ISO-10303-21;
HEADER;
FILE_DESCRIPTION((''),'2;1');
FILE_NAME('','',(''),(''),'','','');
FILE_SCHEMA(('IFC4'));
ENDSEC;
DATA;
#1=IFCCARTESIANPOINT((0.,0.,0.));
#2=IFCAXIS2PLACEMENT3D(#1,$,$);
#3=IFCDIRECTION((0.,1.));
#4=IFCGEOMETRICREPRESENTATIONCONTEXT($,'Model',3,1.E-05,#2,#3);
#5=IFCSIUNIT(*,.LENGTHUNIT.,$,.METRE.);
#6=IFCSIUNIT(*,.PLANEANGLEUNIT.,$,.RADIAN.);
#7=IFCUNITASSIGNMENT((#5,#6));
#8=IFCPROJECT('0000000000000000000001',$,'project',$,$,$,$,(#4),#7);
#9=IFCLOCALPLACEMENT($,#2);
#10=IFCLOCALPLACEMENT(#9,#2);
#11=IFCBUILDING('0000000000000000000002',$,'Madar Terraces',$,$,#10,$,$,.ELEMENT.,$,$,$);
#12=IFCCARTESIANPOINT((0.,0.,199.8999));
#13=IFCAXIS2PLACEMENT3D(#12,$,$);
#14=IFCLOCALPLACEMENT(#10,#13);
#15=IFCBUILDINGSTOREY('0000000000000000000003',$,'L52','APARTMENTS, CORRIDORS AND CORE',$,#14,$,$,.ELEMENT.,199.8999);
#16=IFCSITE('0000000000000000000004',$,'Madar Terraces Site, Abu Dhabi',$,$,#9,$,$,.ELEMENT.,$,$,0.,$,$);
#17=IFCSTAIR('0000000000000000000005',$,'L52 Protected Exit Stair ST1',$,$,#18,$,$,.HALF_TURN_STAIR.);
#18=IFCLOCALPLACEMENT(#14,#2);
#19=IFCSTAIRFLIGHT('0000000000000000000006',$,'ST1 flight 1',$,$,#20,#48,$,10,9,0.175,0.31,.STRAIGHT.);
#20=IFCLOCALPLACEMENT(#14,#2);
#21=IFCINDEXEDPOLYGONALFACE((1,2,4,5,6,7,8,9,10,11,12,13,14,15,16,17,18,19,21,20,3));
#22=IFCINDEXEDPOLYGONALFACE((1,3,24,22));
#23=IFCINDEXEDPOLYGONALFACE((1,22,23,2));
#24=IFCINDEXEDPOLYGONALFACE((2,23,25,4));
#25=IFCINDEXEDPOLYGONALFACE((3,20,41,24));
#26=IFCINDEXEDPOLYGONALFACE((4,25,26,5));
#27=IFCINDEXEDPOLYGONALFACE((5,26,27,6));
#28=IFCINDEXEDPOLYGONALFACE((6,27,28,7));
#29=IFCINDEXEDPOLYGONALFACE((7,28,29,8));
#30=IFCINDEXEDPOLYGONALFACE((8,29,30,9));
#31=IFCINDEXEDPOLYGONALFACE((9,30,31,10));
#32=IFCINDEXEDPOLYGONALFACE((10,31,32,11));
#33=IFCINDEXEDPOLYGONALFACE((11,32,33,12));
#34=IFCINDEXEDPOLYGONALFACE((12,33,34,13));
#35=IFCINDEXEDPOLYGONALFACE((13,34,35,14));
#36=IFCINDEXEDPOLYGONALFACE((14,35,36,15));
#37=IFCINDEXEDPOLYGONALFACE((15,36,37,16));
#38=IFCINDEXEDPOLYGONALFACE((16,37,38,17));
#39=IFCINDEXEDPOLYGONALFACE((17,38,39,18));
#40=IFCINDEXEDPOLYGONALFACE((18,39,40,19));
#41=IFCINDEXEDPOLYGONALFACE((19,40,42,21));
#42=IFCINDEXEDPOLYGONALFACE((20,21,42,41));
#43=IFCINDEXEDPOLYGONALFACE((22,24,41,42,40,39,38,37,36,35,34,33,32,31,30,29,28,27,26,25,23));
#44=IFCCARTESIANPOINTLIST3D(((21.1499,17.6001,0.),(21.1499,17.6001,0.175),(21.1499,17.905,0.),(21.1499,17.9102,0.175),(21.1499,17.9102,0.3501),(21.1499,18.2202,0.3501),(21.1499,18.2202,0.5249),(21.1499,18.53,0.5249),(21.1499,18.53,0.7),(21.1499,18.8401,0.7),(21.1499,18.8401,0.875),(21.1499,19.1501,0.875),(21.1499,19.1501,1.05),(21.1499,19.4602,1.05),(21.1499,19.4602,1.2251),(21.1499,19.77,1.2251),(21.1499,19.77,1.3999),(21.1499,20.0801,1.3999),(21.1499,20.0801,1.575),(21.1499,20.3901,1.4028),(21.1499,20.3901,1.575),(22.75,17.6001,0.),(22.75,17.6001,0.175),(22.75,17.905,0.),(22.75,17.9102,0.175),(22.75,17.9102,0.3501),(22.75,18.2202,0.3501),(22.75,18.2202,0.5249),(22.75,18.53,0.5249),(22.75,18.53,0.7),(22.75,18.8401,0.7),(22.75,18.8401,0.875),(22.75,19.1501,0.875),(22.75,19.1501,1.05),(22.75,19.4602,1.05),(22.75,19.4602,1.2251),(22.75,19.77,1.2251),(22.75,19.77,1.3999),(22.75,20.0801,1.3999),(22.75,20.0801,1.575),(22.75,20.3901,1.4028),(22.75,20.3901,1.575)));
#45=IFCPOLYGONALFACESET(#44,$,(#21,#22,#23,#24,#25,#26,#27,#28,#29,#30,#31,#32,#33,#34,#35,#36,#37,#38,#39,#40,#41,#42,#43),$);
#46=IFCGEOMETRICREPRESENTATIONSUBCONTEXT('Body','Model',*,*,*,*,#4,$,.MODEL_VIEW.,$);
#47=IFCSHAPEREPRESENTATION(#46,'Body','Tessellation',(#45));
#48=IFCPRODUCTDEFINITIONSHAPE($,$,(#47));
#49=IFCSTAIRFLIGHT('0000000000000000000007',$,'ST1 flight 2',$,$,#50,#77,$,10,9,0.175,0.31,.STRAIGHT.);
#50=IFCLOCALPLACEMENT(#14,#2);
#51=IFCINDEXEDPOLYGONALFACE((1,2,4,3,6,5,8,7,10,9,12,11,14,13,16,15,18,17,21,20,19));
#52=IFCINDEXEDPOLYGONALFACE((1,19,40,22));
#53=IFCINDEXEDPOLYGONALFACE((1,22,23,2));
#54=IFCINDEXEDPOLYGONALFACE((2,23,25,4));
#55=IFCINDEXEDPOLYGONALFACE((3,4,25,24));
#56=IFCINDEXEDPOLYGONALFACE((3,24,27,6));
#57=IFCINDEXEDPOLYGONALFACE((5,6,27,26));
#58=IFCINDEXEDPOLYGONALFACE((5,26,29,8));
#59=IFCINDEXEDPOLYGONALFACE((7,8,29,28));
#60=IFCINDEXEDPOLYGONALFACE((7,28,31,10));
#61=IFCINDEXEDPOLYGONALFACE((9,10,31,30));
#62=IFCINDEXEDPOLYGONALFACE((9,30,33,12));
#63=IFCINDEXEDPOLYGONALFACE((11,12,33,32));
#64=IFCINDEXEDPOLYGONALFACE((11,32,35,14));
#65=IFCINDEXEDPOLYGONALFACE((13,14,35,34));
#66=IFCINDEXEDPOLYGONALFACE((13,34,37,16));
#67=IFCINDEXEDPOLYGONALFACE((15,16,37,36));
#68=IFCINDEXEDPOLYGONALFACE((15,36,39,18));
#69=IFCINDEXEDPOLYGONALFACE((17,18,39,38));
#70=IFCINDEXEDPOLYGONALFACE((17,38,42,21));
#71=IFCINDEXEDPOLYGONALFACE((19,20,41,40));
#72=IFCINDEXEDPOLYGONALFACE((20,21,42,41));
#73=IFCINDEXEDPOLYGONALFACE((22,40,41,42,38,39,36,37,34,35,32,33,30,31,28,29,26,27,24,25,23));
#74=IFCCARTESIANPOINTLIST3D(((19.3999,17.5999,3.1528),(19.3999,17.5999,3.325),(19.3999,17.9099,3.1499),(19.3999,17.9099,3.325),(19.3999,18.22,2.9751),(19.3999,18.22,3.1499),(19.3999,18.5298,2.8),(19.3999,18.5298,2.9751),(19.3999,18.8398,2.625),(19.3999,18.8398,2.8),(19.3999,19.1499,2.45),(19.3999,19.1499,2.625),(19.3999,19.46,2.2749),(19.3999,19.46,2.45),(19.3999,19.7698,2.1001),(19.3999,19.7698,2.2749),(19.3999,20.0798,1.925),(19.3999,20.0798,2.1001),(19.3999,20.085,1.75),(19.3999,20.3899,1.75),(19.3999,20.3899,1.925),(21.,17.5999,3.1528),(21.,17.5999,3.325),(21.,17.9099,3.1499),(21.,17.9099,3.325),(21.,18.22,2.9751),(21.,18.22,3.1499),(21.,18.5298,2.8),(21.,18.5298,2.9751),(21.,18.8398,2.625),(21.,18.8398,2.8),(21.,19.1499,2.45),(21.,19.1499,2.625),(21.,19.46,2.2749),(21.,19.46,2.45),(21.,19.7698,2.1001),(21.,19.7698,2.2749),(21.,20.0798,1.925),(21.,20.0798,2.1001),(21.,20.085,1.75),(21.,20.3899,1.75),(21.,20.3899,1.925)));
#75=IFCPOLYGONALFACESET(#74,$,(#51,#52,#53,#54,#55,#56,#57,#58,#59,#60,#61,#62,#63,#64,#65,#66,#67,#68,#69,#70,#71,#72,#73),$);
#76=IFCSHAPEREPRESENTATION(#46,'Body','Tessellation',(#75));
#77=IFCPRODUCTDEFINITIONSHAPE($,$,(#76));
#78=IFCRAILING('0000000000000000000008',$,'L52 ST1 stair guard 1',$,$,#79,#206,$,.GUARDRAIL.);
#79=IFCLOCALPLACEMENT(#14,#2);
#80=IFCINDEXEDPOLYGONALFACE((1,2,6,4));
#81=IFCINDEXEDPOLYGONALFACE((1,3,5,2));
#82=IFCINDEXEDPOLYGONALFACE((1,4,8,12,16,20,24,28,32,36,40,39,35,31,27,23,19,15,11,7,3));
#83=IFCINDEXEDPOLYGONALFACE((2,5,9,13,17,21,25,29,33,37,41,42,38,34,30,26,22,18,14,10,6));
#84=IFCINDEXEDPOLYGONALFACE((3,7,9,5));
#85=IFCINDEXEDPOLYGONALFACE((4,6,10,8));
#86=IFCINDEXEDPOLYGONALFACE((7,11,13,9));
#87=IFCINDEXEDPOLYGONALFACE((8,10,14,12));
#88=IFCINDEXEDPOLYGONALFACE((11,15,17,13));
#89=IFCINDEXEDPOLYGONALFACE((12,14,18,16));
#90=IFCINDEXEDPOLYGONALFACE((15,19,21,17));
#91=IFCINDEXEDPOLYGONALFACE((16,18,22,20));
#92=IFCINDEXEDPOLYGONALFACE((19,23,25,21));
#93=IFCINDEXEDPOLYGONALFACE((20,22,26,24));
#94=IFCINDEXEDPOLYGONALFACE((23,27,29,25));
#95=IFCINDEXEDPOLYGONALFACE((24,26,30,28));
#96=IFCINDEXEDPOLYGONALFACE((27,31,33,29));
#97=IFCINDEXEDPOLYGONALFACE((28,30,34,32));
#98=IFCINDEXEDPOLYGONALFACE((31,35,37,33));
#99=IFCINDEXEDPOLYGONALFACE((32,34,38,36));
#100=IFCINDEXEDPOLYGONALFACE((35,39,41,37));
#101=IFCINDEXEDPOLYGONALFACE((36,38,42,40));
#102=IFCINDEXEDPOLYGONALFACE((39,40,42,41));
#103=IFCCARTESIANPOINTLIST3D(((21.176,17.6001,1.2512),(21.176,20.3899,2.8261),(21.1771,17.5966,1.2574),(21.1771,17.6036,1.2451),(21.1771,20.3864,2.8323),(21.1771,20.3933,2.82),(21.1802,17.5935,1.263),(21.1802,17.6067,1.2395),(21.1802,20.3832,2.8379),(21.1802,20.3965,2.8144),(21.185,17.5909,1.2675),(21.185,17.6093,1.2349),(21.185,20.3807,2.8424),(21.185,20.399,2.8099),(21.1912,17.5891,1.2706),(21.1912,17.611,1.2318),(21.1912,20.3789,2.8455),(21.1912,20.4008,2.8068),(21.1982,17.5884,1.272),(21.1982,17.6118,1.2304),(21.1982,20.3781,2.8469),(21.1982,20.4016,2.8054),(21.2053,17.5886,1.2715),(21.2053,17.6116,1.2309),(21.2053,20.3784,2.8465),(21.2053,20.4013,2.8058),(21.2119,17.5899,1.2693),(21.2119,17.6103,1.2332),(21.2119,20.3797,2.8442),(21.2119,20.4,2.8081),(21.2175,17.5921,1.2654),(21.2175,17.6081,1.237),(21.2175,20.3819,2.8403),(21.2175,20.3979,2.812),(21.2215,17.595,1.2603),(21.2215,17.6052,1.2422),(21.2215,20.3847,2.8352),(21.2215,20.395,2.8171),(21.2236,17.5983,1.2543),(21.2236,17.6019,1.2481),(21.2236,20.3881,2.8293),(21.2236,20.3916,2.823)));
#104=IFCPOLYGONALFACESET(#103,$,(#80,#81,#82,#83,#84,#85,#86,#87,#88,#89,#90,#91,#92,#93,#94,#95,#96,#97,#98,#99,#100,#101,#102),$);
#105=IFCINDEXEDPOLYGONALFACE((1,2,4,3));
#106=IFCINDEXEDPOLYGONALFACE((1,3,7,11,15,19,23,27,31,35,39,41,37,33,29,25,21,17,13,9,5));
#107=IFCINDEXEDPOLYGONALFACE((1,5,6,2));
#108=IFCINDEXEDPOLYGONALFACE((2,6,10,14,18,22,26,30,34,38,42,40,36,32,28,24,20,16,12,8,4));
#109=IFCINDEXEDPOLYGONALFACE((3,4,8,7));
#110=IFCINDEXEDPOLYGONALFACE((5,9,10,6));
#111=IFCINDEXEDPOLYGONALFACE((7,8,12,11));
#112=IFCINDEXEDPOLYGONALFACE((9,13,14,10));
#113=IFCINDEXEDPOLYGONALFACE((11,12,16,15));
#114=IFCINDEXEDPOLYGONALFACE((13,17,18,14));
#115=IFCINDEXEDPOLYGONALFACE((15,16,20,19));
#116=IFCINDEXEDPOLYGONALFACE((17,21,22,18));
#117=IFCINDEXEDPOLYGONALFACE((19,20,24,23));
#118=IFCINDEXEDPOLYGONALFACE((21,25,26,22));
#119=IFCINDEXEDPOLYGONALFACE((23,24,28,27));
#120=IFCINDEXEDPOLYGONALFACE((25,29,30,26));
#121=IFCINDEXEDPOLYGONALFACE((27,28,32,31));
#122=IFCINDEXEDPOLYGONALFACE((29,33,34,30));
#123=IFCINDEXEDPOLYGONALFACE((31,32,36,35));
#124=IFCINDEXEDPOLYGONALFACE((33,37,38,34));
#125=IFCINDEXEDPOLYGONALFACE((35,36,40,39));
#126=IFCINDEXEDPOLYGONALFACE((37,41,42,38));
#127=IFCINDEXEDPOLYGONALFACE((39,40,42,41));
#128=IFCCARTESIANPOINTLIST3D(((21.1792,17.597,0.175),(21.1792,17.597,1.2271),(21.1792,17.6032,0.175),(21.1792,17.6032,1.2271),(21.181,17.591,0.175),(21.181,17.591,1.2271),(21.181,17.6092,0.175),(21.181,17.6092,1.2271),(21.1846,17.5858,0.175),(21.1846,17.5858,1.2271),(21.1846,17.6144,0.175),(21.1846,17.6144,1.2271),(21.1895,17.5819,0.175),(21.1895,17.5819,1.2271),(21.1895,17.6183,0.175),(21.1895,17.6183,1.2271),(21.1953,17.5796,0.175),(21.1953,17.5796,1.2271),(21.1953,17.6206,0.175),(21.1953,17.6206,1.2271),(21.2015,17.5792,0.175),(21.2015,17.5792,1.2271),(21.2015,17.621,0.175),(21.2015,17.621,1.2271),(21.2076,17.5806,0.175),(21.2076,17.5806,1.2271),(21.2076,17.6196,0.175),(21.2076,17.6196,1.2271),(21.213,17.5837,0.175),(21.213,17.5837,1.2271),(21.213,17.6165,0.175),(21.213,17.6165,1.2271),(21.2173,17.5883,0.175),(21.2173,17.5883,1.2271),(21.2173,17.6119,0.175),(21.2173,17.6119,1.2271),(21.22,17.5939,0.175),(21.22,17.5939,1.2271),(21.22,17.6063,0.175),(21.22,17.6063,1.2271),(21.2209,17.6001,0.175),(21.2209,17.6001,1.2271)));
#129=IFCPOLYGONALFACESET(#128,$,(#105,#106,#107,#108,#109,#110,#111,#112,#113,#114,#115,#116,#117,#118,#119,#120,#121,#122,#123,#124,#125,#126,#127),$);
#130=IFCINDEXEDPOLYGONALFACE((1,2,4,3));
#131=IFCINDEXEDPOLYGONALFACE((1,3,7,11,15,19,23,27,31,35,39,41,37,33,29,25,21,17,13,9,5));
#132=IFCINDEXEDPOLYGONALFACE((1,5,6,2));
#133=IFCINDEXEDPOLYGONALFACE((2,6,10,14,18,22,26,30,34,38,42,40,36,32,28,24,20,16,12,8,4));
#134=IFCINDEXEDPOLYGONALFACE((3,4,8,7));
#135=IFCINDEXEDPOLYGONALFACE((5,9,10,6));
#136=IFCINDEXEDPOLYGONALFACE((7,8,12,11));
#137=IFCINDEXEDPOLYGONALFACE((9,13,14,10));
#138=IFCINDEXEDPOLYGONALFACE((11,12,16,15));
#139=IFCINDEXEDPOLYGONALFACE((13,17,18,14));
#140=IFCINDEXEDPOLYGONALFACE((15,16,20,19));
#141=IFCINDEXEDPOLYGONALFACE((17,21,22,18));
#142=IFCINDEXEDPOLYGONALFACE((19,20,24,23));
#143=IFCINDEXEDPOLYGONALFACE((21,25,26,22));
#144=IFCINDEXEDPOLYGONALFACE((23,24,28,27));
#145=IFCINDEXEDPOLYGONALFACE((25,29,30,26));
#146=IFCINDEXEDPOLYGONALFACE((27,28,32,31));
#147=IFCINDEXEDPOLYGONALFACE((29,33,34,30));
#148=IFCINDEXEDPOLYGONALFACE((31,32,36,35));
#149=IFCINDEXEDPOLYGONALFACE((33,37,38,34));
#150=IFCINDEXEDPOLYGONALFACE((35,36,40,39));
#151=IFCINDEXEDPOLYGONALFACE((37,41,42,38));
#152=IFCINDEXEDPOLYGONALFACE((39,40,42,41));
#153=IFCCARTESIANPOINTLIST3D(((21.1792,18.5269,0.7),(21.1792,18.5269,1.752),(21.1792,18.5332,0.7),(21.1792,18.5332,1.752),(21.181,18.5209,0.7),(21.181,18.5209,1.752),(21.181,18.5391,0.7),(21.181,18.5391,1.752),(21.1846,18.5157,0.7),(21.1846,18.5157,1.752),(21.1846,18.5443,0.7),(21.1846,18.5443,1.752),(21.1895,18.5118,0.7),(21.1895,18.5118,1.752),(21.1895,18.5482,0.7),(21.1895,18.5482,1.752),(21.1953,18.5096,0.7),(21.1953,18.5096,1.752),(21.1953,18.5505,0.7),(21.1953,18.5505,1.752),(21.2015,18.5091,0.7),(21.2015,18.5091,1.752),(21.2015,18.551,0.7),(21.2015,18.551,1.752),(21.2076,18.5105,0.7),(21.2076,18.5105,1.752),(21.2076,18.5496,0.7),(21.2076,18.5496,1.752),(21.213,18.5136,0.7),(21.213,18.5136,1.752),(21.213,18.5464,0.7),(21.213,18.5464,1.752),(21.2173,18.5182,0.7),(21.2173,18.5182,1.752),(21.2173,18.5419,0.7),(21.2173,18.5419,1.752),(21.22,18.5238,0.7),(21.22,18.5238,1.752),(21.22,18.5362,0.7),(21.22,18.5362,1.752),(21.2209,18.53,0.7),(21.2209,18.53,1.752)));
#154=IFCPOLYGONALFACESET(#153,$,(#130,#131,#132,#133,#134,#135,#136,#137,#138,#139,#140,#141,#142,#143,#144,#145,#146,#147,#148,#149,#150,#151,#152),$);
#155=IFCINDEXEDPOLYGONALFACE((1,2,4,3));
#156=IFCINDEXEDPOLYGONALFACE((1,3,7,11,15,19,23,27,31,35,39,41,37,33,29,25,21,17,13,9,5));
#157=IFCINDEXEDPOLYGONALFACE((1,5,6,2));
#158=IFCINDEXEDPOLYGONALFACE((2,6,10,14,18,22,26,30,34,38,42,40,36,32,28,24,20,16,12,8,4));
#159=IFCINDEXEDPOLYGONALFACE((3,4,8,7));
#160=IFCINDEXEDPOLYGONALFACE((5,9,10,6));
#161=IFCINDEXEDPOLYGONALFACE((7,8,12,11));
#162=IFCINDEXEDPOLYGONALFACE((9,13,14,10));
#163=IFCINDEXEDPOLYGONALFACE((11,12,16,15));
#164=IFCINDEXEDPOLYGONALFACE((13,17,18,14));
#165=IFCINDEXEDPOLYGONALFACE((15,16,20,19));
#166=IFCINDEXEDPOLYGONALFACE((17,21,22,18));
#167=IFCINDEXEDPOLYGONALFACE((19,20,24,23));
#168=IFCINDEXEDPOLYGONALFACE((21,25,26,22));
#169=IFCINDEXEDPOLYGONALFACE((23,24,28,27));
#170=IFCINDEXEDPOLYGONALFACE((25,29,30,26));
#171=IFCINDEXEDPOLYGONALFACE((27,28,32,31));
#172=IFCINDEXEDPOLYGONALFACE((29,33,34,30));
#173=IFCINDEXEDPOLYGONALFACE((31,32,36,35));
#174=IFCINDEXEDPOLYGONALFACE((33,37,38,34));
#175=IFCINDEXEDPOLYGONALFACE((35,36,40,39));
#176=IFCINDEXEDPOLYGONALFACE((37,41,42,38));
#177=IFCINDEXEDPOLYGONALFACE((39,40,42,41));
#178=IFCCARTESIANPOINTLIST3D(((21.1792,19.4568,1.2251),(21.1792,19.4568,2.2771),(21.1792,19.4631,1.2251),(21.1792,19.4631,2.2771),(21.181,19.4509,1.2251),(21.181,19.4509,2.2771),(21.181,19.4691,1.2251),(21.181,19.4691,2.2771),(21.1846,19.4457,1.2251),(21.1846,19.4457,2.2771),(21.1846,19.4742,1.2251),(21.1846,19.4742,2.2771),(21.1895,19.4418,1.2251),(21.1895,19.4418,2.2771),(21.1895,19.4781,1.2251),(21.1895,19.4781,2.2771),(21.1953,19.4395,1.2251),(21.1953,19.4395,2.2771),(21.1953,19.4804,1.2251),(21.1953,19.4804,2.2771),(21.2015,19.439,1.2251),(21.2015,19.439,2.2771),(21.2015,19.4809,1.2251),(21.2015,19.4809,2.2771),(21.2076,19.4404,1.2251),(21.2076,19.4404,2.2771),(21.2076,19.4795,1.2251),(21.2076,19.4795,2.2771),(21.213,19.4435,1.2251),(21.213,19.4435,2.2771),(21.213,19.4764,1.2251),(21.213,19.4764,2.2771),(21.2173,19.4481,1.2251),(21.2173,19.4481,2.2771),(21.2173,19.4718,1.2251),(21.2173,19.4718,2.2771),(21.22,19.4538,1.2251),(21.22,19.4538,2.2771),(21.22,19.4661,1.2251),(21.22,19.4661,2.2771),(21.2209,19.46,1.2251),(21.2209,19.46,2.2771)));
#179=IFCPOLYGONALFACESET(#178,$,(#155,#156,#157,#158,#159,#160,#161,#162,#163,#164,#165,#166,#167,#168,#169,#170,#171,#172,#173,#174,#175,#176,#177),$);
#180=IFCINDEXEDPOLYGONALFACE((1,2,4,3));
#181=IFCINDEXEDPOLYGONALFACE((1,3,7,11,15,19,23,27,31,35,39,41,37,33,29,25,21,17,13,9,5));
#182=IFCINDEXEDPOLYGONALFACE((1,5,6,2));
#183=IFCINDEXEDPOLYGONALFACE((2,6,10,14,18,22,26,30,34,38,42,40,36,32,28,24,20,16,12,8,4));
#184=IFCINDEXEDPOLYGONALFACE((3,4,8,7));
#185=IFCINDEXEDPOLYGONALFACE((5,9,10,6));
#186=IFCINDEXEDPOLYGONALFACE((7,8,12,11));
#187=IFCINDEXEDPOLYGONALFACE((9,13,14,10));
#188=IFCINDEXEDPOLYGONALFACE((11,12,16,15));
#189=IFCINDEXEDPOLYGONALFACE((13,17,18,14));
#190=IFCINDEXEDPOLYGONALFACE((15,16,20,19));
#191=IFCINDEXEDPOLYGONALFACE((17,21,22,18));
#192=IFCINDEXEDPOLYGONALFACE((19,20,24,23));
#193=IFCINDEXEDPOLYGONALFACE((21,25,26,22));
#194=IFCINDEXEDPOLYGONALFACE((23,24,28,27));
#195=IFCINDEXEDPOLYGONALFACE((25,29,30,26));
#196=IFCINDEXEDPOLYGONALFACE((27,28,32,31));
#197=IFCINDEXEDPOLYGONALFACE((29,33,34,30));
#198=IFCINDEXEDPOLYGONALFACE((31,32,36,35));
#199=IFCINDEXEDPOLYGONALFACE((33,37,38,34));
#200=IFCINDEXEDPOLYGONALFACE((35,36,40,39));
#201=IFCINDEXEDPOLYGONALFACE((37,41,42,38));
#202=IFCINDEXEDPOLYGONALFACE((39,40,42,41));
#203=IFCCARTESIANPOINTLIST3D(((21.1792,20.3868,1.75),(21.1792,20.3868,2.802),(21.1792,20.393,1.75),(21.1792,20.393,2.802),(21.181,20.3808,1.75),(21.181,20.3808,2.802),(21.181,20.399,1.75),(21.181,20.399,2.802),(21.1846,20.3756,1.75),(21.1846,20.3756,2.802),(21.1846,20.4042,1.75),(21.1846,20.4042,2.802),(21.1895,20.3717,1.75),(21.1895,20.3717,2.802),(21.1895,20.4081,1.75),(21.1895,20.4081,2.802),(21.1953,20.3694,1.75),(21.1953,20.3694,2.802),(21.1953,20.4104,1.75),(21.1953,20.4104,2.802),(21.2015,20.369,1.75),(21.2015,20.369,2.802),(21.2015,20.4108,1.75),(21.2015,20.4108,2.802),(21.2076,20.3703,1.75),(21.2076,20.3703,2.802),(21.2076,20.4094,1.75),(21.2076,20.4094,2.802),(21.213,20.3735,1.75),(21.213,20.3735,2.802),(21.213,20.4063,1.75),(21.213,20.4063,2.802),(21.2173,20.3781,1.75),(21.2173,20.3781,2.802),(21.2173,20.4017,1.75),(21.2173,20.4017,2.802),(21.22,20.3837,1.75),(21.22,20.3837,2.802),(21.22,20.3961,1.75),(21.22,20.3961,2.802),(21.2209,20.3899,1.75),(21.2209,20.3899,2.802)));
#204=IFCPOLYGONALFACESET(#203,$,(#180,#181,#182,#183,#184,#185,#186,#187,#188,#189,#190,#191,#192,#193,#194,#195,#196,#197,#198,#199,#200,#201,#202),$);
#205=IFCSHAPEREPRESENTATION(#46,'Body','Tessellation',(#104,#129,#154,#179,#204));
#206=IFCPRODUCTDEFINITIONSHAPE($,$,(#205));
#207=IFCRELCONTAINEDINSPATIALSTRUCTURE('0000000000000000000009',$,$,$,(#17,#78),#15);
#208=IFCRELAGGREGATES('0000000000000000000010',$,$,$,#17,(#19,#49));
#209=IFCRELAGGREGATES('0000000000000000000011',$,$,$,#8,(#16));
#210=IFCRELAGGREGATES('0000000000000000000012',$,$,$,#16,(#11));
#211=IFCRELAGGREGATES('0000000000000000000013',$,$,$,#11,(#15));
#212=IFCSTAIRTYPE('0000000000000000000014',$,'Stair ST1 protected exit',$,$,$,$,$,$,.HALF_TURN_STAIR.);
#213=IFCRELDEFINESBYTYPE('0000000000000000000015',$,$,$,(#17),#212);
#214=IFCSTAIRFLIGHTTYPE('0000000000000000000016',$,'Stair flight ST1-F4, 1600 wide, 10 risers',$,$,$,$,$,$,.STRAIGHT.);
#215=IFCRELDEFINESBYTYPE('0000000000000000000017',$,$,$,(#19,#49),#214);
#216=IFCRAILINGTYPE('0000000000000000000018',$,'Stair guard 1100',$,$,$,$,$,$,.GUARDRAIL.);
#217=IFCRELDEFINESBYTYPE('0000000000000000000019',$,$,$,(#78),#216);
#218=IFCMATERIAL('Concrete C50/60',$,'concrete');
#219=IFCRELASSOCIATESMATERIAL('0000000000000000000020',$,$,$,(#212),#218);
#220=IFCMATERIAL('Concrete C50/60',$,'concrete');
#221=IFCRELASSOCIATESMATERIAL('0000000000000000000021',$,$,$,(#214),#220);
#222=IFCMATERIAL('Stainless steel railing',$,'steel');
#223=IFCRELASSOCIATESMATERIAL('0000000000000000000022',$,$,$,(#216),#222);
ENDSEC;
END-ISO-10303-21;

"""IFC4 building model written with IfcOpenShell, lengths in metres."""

from ifc_helpers import new_model, si_unit, direction, frame, origin, origin_2d, place, context, subcontext, project, spatial, polyline, circle, outline, extrude, material, type_object, element, aggregate, save


model = new_model("IFC4")

# Units and contexts
model_context = context("Model", 3, precision=1e-05, world=origin(), true_north=direction((0.0, 1.0)))
body_context = subcontext(model_context, "Body", "Model", "MODEL_VIEW")
ifc_project = project(units=[si_unit("LENGTHUNIT", "METRE"), si_unit("PLANEANGLEUNIT", "RADIAN")], contexts=[model_context])

# Site, building, storey
site_placement = place(None, origin())
site = spatial("IfcSite", under=ifc_project, at=site_placement, Name="Madar Terraces Site, Abu Dhabi", CompositionType="ELEMENT", RefElevation=0.0)
building_placement = place(site_placement, origin())
building = spatial("IfcBuilding", under=site, at=building_placement, Name="Madar Terraces", CompositionType="ELEMENT")
storey_placement = place(building_placement, frame((0.0, 0.0, 199.8999)))
storey = spatial("IfcBuildingStorey", under=building, at=storey_placement, Name="L52", Description="APARTMENTS, CORRIDORS AND CORE", CompositionType="ELEMENT", Elevation=199.8999)

# Stair, stair flights
ifc_material_1 = material(Name="Concrete C50/60", Category="concrete")
stair_type = type_object("IfcStairType", Name="Stair ST1 protected exit", PredefinedType="HALF_TURN_STAIR", material=ifc_material_1)
stair_placement = place(storey_placement, origin())
stair = element("IfcStair", 1, at=stair_placement, inside=storey, type_object=stair_type, Name="L52 Protected Exit Stair ST1", PredefinedType="HALF_TURN_STAIR")
ifc_material_2 = material(Name="Concrete C50/60", Category="concrete")
stair_flight_type = type_object("IfcStairFlightType", Name="Stair flight ST1-F4, 1600 wide, 10 risers", PredefinedType="STRAIGHT", material=ifc_material_2)
stair_flight_1_placement = place(storey_placement, frame((21.95, 17.6001, 0.0), z_axis=(0.0, 0.0, 1.0), x_axis=(0.0, 1.0, 0.0)))
stair_flight_1 = element("IfcStairFlight", 2, at=stair_flight_1_placement, type_object=stair_flight_type, Name="ST1 flight 1", NumberOfRisers=10, NumberOfTreads=9, PredefinedType="STRAIGHT", RiserHeight=0.175, TreadLength=0.31, context=body_context, shape_type="SweptSolid", body=[
    extrude(outline(polyline([(0.0, 0.0), (0.0, 0.175), (0.3101, 0.175), (0.3101, 0.3501), (0.6201, 0.3501), (0.6201, 0.5249), (0.9299, 0.5249), (0.9299, 0.7), (1.24, 0.7), (1.24, 0.875), (1.55, 0.875), (1.55, 1.05), (1.8601, 1.05), (1.8601, 1.2251), (2.1699, 1.2251), (2.1699, 1.3999), (2.48, 1.3999), (2.48, 1.575), (2.79, 1.575), (2.79, 1.75), (2.79, 1.4028), (0.3049, 0.0), (0.0, 0.0)])), frame((0.0, 0.8, 0.0), z_axis=(0.0, -1.0, 0.0), x_axis=(1.0, 0.0, 0.0)), (0.0, 0.0, 1.0), 1.6001),
])
stair_flight_2_placement = place(storey_placement, frame((20.2, 20.3899, 1.75), z_axis=(0.0, 0.0, 1.0), x_axis=(0.0, -1.0, 0.0)))
stair_flight_2 = element("IfcStairFlight", 3, at=stair_flight_2_placement, type_object=stair_flight_type, Name="ST1 flight 2", NumberOfRisers=10, NumberOfTreads=9, PredefinedType="STRAIGHT", RiserHeight=0.175, TreadLength=0.31, context=body_context, shape_type="SweptSolid", body=[
    extrude(outline(polyline([(0.0, 0.0), (0.0, 0.175), (0.3101, 0.175), (0.3101, 0.3501), (0.6201, 0.3501), (0.6201, 0.5249), (0.9299, 0.5249), (0.9299, 0.7), (1.24, 0.7), (1.24, 0.875), (1.55, 0.875), (1.55, 1.05), (1.8601, 1.05), (1.8601, 1.2251), (2.1699, 1.2251), (2.1699, 1.3999), (2.48, 1.3999), (2.48, 1.575), (2.79, 1.575), (2.79, 1.75), (2.79, 1.4028), (0.3049, 0.0), (0.0, 0.0)])), frame((0.0, 0.8, 0.0), z_axis=(0.0, -1.0, 0.0), x_axis=(1.0, 0.0, 0.0)), (0.0, 0.0, 1.0), 1.6001),
])
aggregate(stair, [stair_flight_1, stair_flight_2])

# Railing
ifc_material_3 = material(Name="Stainless steel railing", Category="steel")
railing_type_1 = type_object("IfcRailingType", Name="Stair guard 1100", PredefinedType="GUARDRAIL", material=ifc_material_3)
railing_1_placement = place(storey_placement, frame((21.2, 17.6001, 0.175)))
element("IfcRailing", 4, at=railing_1_placement, inside=storey, type_object=railing_type_1, Name="L52 ST1 stair guard 1", PredefinedType="GUARDRAIL", context=body_context, shape_type="SweptSolid", body=[
    extrude(circle(Radius=0.0239, at=origin_2d()), frame((0.0, 0.0, 1.0762), z_axis=(0.0, 0.870815, 0.49161), x_axis=(-1.0, 0.0, 0.0)), (0.0, 0.0, 1.0), 3.2036),
    extrude(circle(Radius=0.021, at=origin_2d()), origin(), (0.0, 0.0, 1.0), 1.052),
    extrude(circle(Radius=0.021, at=origin_2d()), frame((0.0, 0.9299, 0.5249)), (0.0, 0.0, 1.0), 1.052),
    extrude(circle(Radius=0.021, at=origin_2d()), frame((0.0, 1.8599, 1.05)), (0.0, 0.0, 1.0), 1.052),
    extrude(circle(Radius=0.021, at=origin_2d()), frame((0.0, 2.7898, 1.575)), (0.0, 0.0, 1.0), 1.052),
])

save(model, "model.ifc")
